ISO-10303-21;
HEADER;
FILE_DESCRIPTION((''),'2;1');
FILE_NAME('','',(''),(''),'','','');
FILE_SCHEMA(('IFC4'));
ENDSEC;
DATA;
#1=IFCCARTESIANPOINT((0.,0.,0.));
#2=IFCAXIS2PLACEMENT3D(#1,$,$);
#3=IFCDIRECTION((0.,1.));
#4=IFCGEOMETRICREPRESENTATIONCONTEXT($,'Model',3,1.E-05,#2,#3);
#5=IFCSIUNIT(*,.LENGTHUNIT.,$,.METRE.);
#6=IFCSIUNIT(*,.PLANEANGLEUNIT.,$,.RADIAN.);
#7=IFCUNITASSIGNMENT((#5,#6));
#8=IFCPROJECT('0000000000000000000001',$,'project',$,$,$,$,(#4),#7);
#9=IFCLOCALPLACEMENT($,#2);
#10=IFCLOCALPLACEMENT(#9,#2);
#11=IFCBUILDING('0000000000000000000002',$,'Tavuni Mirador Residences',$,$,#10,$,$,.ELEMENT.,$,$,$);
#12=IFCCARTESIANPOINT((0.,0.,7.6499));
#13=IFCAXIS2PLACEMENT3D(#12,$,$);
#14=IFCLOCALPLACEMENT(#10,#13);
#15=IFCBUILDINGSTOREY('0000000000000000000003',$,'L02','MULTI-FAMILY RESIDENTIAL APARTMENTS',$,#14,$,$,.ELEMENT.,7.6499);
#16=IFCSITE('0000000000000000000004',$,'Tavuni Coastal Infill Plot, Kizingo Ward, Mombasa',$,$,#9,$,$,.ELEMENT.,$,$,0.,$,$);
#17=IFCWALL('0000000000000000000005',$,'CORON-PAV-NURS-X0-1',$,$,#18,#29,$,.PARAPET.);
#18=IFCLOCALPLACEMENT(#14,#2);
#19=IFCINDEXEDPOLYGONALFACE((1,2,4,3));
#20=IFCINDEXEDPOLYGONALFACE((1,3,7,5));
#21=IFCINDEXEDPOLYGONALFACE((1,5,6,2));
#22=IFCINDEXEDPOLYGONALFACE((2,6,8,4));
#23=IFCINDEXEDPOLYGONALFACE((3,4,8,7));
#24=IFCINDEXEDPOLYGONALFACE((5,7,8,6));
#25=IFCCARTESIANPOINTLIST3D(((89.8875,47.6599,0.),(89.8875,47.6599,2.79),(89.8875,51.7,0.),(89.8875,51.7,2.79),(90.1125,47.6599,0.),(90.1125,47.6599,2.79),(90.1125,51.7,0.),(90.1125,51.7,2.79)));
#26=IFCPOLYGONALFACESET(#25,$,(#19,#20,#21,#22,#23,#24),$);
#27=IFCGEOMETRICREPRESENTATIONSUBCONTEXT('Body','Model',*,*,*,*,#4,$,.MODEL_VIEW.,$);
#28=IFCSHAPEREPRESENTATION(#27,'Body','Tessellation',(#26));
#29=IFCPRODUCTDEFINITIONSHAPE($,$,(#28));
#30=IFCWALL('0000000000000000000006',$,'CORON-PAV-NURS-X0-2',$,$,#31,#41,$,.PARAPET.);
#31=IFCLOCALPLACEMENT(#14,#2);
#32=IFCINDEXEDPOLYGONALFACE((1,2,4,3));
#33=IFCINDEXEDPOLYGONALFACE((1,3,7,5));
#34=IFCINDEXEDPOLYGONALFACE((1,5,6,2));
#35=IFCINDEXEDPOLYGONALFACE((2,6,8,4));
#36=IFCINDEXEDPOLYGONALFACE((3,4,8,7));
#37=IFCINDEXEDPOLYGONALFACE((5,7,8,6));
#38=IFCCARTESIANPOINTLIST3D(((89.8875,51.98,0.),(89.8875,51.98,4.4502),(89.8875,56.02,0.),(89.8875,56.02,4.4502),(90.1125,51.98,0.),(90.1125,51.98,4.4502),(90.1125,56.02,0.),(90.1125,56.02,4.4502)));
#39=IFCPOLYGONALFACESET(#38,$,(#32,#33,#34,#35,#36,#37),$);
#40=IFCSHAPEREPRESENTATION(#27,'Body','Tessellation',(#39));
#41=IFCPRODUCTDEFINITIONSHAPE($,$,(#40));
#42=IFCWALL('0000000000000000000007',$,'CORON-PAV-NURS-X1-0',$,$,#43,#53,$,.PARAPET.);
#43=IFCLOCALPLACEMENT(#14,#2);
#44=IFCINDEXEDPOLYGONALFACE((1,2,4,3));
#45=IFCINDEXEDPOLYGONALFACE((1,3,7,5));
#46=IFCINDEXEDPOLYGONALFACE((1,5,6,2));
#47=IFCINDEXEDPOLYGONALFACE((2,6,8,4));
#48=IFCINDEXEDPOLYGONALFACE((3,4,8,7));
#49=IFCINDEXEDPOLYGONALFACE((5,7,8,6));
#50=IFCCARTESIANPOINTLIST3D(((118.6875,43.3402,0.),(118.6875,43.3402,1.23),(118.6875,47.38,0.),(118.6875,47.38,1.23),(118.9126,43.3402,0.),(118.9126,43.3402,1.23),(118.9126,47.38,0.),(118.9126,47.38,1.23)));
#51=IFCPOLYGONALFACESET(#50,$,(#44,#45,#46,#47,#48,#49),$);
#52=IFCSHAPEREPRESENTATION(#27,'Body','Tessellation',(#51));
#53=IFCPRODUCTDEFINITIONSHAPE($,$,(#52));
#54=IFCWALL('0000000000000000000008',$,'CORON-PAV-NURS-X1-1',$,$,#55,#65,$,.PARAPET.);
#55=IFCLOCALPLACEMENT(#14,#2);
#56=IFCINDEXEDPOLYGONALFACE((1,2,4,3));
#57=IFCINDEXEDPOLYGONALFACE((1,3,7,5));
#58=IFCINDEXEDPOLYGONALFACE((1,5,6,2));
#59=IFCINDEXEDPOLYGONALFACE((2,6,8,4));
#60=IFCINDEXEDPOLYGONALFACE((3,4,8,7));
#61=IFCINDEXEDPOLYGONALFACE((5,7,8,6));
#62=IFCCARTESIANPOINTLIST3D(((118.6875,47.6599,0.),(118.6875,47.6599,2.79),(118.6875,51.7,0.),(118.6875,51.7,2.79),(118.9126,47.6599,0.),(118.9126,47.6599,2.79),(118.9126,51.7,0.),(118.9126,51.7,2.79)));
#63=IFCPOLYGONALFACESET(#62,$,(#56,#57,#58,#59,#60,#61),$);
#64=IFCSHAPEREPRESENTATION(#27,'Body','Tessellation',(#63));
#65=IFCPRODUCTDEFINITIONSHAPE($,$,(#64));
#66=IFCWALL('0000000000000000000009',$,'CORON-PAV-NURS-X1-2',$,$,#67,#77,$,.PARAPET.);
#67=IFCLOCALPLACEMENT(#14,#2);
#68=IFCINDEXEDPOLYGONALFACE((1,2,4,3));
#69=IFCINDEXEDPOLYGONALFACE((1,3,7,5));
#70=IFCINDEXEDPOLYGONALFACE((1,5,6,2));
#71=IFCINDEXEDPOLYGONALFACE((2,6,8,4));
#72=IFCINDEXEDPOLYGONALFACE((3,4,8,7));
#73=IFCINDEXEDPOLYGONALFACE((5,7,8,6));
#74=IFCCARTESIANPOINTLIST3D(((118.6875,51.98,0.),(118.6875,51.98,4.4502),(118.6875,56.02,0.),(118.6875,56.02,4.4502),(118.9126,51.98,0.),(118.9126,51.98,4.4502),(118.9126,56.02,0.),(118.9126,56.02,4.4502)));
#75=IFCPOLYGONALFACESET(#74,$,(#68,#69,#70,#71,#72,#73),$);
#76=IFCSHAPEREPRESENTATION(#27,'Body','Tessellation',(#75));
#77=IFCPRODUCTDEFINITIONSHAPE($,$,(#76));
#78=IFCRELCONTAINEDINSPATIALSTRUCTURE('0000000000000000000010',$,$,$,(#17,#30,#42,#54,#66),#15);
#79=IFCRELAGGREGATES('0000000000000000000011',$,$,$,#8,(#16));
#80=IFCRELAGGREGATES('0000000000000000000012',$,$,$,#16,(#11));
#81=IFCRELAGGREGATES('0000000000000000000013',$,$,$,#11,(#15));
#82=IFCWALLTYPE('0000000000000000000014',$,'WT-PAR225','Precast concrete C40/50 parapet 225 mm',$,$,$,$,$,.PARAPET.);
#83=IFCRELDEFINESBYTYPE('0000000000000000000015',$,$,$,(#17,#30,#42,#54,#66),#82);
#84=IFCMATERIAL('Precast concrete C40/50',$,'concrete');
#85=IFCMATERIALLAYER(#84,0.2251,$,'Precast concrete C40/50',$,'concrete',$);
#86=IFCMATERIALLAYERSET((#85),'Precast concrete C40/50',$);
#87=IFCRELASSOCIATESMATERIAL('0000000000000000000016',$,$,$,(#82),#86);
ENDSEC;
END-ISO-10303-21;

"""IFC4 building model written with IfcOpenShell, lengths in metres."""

from ifc_helpers import new_model, si_unit, direction, frame, frame_2d, origin, place, context, subcontext, project, spatial, rectangle, extrude, material, layer, layer_set, type_object, element, save


model = new_model("IFC4")

# Units and contexts
model_context = context("Model", 3, precision=1e-05, world=origin(), true_north=direction((0.0, 1.0)))
body_context = subcontext(model_context, "Body", "Model", "MODEL_VIEW")
ifc_project = project(units=[si_unit("LENGTHUNIT", "METRE"), si_unit("PLANEANGLEUNIT", "RADIAN")], contexts=[model_context])

# Site, building, storey
site_placement = place(None, origin())
site = spatial("IfcSite", under=ifc_project, at=site_placement, Name="Tavuni Coastal Infill Plot, Kizingo Ward, Mombasa", CompositionType="ELEMENT", RefElevation=0.0)
building_placement = place(site_placement, origin())
building = spatial("IfcBuilding", under=site, at=building_placement, Name="Tavuni Mirador Residences", CompositionType="ELEMENT")
storey_placement = place(building_placement, frame((0.0, 0.0, 7.6499)))
storey = spatial("IfcBuildingStorey", under=building, at=storey_placement, Name="L02", Description="MULTI-FAMILY RESIDENTIAL APARTMENTS", CompositionType="ELEMENT", Elevation=7.6499)

# Walls
ifc_material_1 = material(Name="Precast concrete C40/50", Category="concrete")
ifc_layer_1 = layer(ifc_material_1, 0.2251, Name="Precast concrete C40/50", Category="concrete")
ifc_layer_set_1 = layer_set([ifc_layer_1], Name="Precast concrete C40/50")
wall_type = type_object("IfcWallType", Name="WT-PAR225", Description="Precast concrete C40/50 parapet 225 mm", PredefinedType="PARAPET", material=ifc_layer_set_1)
wall_1_placement = place(storey_placement, frame((90.0, 47.6599, 0.0), z_axis=(0.0, 0.0, 1.0), x_axis=(0.0, 1.0, 0.0)))
element("IfcWall", 1, at=wall_1_placement, inside=storey, type_object=wall_type, Name="CORON-PAV-NURS-X0-1", PredefinedType="PARAPET", context=body_context, shape_type="SweptSolid", body=[
    extrude(rectangle(XDim=4.04, YDim=0.2251, at=frame_2d((2.02, 0.0))), origin(), (0.0, 0.0, 1.0), 2.79),
])
wall_2_placement = place(storey_placement, frame((90.0, 51.98, 0.0), z_axis=(0.0, 0.0, 1.0), x_axis=(0.0, 1.0, 0.0)))
element("IfcWall", 2, at=wall_2_placement, inside=storey, type_object=wall_type, Name="CORON-PAV-NURS-X0-2", PredefinedType="PARAPET", context=body_context, shape_type="SweptSolid", body=[
    extrude(rectangle(XDim=4.04, YDim=0.2251, at=frame_2d((2.02, 0.0))), origin(), (0.0, 0.0, 1.0), 4.4502),
])
wall_3_placement = place(storey_placement, frame((118.8, 43.3401, 0.0), z_axis=(0.0, 0.0, 1.0), x_axis=(0.0, 1.0, 0.0)))
element("IfcWall", 3, at=wall_3_placement, inside=storey, type_object=wall_type, Name="CORON-PAV-NURS-X1-0", PredefinedType="PARAPET", context=body_context, shape_type="SweptSolid", body=[
    extrude(rectangle(XDim=4.0398, YDim=0.2251, at=frame_2d((2.02, 0.0))), origin(), (0.0, 0.0, 1.0), 1.23),
])
wall_4_placement = place(storey_placement, frame((118.8, 47.6599, 0.0), z_axis=(0.0, 0.0, 1.0), x_axis=(0.0, 1.0, 0.0)))
element("IfcWall", 4, at=wall_4_placement, inside=storey, type_object=wall_type, Name="CORON-PAV-NURS-X1-1", PredefinedType="PARAPET", context=body_context, shape_type="SweptSolid", body=[
    extrude(rectangle(XDim=4.04, YDim=0.2251, at=frame_2d((2.02, 0.0))), origin(), (0.0, 0.0, 1.0), 2.79),
])
wall_5_placement = place(storey_placement, frame((118.8, 51.98, 0.0), z_axis=(0.0, 0.0, 1.0), x_axis=(0.0, 1.0, 0.0)))
element("IfcWall", 5, at=wall_5_placement, inside=storey, type_object=wall_type, Name="CORON-PAV-NURS-X1-2", PredefinedType="PARAPET", context=body_context, shape_type="SweptSolid", body=[
    extrude(rectangle(XDim=4.04, YDim=0.2251, at=frame_2d((2.02, 0.0))), origin(), (0.0, 0.0, 1.0), 4.4502),
])

save(model, "model.ifc")
